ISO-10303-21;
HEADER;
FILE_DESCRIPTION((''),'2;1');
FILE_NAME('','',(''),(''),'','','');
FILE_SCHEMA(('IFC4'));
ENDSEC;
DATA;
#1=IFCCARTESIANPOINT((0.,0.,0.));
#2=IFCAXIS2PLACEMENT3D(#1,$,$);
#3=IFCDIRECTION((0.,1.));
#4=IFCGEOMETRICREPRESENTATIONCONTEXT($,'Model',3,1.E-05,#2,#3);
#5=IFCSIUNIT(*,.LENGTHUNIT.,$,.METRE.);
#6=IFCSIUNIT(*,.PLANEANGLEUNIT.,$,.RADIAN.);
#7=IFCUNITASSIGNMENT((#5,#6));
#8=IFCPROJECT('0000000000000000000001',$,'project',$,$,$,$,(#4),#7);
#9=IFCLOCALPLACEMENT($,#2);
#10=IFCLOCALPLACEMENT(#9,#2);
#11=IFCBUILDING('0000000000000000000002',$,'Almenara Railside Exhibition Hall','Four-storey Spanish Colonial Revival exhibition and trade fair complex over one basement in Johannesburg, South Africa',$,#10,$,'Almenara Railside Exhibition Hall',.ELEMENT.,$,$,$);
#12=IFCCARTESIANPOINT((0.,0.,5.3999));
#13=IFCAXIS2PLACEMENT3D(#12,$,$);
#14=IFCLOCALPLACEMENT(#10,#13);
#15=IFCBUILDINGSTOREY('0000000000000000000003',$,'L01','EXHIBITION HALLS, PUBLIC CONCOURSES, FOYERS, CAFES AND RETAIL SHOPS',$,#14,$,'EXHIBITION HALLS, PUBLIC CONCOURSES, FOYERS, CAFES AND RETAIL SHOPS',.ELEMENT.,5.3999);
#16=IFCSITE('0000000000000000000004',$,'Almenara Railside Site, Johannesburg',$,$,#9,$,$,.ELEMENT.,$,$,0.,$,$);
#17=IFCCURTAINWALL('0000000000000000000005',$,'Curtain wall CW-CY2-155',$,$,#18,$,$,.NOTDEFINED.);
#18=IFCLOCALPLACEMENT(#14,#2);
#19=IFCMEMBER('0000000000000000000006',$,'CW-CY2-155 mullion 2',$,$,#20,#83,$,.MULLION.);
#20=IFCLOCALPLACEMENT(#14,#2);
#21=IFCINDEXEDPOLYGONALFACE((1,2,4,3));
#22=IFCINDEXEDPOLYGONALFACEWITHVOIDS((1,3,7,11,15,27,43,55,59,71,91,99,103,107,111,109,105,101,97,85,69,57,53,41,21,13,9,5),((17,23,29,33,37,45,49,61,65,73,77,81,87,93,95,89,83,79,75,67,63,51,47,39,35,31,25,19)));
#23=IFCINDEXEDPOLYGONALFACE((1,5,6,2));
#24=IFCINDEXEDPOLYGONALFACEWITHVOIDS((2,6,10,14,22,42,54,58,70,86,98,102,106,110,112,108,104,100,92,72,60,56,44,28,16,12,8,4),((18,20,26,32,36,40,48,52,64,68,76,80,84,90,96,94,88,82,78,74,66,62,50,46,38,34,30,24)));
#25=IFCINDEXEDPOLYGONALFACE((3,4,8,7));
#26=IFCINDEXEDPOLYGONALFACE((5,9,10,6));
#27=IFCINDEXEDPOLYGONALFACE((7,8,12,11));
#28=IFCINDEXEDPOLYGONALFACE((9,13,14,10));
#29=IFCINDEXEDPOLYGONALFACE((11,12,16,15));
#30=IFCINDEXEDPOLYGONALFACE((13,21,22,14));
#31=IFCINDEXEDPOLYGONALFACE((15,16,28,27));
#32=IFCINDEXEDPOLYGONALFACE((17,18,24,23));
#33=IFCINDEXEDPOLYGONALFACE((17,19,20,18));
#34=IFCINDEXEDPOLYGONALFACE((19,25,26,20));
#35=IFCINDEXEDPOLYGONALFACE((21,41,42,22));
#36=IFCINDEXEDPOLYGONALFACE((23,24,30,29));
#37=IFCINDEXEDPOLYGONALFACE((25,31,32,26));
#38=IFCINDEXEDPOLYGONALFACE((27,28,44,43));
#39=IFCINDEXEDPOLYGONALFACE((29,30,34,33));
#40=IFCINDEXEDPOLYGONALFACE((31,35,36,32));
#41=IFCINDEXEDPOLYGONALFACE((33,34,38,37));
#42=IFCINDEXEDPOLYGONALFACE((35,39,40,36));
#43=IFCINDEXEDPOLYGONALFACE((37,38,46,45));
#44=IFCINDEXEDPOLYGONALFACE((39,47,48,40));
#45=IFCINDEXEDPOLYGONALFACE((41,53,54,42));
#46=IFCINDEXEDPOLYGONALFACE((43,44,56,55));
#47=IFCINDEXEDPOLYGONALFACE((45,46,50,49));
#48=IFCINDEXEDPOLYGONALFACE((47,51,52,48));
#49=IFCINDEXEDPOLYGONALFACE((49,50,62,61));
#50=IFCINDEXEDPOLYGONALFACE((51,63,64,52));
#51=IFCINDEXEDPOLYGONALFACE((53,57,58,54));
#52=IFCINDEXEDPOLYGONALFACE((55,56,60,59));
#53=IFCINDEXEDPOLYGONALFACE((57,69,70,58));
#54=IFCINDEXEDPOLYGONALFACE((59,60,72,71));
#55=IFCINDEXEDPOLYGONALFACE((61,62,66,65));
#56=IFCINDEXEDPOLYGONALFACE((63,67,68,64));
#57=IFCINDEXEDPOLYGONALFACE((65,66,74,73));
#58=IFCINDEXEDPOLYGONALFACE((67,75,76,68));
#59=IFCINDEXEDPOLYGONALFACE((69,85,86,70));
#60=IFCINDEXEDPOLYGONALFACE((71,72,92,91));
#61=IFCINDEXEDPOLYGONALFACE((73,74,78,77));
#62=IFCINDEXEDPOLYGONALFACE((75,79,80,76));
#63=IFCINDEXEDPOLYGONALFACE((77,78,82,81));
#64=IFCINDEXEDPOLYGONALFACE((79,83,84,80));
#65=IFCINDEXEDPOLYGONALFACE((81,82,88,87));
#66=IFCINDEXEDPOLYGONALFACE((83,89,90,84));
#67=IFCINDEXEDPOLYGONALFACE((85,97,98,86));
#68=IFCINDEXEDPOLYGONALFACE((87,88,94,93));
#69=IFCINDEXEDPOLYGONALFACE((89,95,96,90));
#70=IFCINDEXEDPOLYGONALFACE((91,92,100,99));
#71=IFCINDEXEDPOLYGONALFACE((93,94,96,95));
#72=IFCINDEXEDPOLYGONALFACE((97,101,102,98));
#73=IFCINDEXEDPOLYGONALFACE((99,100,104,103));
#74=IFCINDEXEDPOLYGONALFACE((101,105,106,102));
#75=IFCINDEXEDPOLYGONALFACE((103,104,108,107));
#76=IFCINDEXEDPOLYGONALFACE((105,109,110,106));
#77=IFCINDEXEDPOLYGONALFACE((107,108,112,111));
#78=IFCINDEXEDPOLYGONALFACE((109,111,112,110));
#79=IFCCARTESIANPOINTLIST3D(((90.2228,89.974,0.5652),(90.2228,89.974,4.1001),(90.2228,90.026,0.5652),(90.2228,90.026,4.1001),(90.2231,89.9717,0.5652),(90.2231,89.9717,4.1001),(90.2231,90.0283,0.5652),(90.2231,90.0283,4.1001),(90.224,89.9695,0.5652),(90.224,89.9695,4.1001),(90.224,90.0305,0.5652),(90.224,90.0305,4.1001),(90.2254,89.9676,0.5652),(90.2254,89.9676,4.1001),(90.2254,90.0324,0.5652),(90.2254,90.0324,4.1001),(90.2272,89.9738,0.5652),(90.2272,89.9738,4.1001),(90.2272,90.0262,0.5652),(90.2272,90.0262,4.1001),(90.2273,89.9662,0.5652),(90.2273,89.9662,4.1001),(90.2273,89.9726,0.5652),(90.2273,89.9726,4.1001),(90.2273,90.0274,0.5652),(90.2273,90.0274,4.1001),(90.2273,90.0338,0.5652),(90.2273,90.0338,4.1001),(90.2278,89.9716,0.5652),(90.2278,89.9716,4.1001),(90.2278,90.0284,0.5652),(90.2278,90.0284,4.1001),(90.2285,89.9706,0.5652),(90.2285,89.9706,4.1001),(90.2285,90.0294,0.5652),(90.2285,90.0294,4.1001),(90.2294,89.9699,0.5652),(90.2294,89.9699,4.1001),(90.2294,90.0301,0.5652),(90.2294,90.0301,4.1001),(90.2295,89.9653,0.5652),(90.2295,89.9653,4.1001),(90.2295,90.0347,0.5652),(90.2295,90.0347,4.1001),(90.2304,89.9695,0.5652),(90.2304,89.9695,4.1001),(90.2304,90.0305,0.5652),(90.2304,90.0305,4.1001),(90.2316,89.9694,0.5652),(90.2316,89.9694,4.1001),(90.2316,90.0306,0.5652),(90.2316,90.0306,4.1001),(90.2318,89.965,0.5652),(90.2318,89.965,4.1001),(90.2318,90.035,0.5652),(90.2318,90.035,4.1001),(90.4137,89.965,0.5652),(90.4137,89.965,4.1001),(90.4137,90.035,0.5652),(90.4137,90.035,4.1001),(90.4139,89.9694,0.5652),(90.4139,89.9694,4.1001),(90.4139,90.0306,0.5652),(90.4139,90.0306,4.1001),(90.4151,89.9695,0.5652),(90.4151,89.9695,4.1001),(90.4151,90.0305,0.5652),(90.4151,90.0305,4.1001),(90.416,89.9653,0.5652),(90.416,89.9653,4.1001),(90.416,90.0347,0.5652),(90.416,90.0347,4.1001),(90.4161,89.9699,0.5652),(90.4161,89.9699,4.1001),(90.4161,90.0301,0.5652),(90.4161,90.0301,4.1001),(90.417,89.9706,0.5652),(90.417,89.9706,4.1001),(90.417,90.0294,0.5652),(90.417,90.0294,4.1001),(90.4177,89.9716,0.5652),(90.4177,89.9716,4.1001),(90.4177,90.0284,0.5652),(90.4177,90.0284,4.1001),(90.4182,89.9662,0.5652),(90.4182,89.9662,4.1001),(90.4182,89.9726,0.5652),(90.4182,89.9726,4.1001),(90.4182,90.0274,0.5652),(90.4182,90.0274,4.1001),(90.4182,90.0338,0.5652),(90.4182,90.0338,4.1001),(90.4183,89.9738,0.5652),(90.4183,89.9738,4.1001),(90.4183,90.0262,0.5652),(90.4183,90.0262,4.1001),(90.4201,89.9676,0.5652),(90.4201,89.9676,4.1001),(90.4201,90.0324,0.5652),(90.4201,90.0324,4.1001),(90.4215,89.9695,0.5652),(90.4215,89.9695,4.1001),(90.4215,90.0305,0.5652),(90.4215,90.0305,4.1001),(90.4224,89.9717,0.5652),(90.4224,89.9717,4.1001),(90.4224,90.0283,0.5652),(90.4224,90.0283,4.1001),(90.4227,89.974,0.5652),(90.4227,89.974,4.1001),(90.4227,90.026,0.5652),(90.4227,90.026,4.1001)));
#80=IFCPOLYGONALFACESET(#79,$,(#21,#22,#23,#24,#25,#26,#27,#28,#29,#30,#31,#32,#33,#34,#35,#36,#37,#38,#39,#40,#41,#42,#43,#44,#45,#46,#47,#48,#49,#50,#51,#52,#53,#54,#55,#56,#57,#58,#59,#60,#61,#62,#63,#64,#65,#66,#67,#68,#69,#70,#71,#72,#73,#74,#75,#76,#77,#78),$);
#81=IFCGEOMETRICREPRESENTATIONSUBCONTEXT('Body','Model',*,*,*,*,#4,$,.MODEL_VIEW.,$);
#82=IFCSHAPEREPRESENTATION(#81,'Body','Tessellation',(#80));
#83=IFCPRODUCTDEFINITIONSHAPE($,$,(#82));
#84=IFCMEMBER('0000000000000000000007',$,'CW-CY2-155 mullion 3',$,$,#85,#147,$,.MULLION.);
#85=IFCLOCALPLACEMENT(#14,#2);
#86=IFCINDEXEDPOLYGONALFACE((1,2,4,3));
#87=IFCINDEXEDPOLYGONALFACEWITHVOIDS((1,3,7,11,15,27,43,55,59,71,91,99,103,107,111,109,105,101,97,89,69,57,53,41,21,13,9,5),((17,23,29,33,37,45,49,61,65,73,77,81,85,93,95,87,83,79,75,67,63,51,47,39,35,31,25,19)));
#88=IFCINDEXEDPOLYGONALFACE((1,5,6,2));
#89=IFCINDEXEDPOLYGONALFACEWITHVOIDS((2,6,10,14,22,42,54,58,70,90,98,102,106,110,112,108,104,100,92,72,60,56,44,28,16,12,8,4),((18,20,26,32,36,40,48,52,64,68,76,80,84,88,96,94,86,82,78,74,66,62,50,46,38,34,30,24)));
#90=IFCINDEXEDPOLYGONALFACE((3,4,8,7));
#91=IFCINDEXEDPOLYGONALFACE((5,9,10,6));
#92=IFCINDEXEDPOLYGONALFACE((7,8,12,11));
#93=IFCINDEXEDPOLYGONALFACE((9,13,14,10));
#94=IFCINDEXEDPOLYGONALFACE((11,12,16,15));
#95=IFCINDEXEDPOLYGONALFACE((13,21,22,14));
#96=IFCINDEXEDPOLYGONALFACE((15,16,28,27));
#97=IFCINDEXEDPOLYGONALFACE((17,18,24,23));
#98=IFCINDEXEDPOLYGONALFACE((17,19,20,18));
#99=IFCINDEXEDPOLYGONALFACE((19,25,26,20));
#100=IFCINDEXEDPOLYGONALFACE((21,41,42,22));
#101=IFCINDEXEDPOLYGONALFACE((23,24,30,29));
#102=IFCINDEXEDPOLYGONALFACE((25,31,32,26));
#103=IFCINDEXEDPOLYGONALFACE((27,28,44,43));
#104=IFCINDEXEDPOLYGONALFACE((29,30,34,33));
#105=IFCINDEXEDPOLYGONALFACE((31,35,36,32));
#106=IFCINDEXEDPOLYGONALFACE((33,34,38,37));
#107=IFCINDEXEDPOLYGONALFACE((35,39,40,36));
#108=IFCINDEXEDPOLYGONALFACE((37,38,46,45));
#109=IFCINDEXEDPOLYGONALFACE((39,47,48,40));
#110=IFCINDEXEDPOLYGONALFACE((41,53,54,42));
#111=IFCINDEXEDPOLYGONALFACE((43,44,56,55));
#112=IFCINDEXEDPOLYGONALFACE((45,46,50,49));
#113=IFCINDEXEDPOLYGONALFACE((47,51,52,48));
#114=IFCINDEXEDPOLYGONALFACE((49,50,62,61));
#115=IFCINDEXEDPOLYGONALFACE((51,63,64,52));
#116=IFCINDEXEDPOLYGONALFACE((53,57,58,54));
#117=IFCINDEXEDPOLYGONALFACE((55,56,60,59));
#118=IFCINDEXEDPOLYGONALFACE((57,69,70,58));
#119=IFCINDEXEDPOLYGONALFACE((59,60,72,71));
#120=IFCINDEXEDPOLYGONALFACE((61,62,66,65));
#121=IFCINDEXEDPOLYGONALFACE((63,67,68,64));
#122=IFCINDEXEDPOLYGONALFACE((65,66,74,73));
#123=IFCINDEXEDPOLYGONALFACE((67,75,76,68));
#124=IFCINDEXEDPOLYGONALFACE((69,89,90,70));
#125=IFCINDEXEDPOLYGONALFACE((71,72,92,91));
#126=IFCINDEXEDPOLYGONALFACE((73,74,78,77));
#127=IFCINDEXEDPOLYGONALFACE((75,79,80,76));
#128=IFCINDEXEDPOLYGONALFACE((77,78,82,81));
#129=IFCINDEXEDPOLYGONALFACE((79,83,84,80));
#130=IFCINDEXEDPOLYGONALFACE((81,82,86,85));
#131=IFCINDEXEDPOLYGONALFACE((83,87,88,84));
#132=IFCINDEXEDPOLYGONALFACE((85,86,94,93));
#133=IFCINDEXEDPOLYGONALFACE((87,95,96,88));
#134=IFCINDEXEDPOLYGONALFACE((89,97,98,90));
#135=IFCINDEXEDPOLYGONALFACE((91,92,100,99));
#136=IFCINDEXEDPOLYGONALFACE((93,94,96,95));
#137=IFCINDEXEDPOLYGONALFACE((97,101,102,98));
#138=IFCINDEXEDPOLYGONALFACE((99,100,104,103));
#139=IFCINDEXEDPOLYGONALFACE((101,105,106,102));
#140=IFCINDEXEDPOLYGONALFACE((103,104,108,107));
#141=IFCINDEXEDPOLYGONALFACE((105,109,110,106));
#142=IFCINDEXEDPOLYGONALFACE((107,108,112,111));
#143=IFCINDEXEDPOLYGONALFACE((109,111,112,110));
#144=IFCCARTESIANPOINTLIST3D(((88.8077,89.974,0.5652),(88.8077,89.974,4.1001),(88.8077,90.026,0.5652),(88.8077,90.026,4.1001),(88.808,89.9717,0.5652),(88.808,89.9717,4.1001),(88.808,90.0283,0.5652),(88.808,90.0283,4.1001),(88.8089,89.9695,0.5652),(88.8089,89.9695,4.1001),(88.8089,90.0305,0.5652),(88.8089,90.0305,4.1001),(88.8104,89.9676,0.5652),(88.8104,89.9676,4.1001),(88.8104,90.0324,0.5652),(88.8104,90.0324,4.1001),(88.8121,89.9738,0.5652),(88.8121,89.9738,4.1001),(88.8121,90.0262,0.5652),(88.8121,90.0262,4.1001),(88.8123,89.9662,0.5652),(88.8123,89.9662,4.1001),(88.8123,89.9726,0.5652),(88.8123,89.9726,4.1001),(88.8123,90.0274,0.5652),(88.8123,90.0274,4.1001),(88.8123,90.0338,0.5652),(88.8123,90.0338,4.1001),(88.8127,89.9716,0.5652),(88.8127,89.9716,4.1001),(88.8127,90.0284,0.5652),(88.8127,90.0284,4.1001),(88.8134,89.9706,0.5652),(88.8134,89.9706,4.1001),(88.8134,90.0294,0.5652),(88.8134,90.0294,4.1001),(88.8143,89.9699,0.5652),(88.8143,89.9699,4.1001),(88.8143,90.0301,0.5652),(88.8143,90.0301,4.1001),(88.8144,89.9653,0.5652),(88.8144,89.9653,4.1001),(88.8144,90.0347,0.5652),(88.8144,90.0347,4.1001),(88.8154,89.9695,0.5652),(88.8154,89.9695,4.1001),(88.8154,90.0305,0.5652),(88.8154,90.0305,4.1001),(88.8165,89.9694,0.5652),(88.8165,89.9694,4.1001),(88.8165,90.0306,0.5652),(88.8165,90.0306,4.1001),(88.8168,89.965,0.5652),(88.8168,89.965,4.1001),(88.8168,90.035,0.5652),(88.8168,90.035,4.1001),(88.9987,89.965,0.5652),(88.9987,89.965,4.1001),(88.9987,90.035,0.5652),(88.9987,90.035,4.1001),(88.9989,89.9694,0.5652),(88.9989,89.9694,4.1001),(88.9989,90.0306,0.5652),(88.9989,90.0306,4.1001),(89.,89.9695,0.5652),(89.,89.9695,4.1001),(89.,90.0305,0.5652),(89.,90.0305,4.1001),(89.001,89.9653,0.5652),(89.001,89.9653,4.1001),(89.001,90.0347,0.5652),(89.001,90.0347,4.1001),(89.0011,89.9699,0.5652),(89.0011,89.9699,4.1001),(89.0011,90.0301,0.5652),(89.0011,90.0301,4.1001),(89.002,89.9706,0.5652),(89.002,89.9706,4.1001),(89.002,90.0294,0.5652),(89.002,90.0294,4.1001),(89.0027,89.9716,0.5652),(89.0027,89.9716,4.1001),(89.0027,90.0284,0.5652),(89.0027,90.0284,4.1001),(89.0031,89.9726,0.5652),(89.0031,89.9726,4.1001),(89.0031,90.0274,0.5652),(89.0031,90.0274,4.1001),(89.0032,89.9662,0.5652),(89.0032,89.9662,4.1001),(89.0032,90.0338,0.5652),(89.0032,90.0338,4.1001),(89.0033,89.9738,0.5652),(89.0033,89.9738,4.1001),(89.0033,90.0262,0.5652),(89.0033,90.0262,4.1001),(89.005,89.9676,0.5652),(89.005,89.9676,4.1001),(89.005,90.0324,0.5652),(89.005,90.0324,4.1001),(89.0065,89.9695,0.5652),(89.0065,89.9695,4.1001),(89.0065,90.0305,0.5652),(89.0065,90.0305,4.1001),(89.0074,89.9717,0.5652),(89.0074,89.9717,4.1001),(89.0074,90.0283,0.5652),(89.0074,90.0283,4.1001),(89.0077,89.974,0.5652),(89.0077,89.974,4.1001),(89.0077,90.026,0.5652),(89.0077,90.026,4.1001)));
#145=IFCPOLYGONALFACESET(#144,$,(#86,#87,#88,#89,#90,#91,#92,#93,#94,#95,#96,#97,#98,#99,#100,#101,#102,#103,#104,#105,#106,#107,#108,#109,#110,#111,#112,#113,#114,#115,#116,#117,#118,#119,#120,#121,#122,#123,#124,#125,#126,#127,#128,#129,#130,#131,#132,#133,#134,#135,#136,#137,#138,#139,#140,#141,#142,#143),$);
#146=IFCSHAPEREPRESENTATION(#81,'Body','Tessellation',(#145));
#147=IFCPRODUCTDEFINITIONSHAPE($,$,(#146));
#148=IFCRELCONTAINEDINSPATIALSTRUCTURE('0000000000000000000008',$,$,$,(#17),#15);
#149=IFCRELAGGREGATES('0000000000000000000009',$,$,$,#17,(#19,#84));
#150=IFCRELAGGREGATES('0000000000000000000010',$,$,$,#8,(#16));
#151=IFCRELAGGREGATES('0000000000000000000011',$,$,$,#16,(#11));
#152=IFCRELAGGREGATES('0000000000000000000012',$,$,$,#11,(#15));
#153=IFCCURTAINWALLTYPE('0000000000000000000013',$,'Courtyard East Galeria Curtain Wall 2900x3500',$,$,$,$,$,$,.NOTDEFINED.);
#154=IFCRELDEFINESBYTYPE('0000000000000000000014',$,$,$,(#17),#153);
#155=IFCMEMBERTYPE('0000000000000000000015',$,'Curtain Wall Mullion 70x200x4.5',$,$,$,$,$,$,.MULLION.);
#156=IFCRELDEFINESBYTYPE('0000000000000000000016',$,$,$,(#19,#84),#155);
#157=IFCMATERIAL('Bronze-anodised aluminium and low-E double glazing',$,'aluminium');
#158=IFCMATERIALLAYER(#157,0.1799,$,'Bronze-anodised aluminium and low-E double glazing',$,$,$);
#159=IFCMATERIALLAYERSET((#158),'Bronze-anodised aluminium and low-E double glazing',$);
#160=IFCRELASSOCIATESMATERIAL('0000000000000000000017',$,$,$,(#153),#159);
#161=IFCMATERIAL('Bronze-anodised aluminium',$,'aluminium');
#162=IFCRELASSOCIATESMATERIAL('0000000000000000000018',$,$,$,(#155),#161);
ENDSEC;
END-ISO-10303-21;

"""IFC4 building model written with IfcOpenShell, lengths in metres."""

from ifc_helpers import new_model, si_unit, direction, frame, origin, origin_2d, place, context, subcontext, project, spatial, hollow_rectangle, extrude, material, layer, layer_set, material_profile, profile_set, type_object, element, aggregate, save


model = new_model("IFC4")

# Units and contexts
model_context = context("Model", 3, precision=1e-05, world=origin(), true_north=direction((0.0, 1.0)))
body_context = subcontext(model_context, "Body", "Model", "MODEL_VIEW")
ifc_project = project(units=[si_unit("LENGTHUNIT", "METRE"), si_unit("PLANEANGLEUNIT", "RADIAN")], contexts=[model_context])

# Site, building, storey
site_placement = place(None, origin())
site = spatial("IfcSite", under=ifc_project, at=site_placement, Name="Almenara Railside Site, Johannesburg", CompositionType="ELEMENT", RefElevation=0.0)
building_placement = place(site_placement, origin())
building = spatial("IfcBuilding", under=site, at=building_placement, Name="Almenara Railside Exhibition Hall", Description="Four-storey Spanish Colonial Revival exhibition and trade fair complex over one basement in Johannesburg, South Africa", LongName="Almenara Railside Exhibition Hall", CompositionType="ELEMENT")
storey_placement = place(building_placement, frame((0.0, 0.0, 5.3999)))
storey = spatial("IfcBuildingStorey", under=building, at=storey_placement, Name="L01", Description="EXHIBITION HALLS, PUBLIC CONCOURSES, FOYERS, CAFES AND RETAIL SHOPS", LongName="EXHIBITION HALLS, PUBLIC CONCOURSES, FOYERS, CAFES AND RETAIL SHOPS", CompositionType="ELEMENT", Elevation=5.3999)

# Shared definitions
ifc_material_1 = material(Name="Bronze-anodised aluminium and low-E double glazing", Category="aluminium")
ifc_material_2 = material(Name="Bronze-anodised aluminium", Category="aluminium")

# Curtain wall, members
ifc_layer_1 = layer(ifc_material_1, 0.1799, Name="Bronze-anodised aluminium and low-E double glazing")
ifc_layer_set_1 = layer_set([ifc_layer_1], Name="Bronze-anodised aluminium and low-E double glazing")
curtain_wall_type_1 = type_object("IfcCurtainWallType", Name="Courtyard East Galeria Curtain Wall 2900x3500", PredefinedType="NOTDEFINED", material=ifc_layer_set_1)
curtain_wall_1_placement = place(storey_placement, origin())
curtain_wall_1 = element("IfcCurtainWall", 1, at=curtain_wall_1_placement, inside=storey, type_object=curtain_wall_type_1, Name="Curtain wall CW-CY2-155", PredefinedType="NOTDEFINED")
ifc_material_profile_1 = material_profile(ifc_material_2, hollow_rectangle(XDim=0.0701, YDim=0.2, WallThickness=0.0044, InnerFilletRadius=0.0044, OuterFilletRadius=0.009, at=origin_2d()), Name="ALU-MUL 70x200x4.5")
ifc_profile_set_1 = profile_set([ifc_material_profile_1], Name="Bronze-anodised aluminium")
member_type_1 = type_object("IfcMemberType", Name="Curtain Wall Mullion 70x200x4.5", PredefinedType="MULLION", material=ifc_profile_set_1)
member_1_placement = place(storey_placement, frame((90.3228, 90.0, 0.5652), z_axis=(0.0, 0.0, 1.0), x_axis=(0.0, -1.0, 0.0)))
member_1 = element("IfcMember", 2, at=member_1_placement, type_object=member_type_1, Name="CW-CY2-155 mullion 2", PredefinedType="MULLION", context=body_context, shape_type="SweptSolid", body=[
    extrude(hollow_rectangle(XDim=0.0701, YDim=0.2, WallThickness=0.0044, InnerFilletRadius=0.0044, OuterFilletRadius=0.009, at=origin_2d()), origin(), (0.0, 0.0, 1.0), 3.5349),
])
member_2_placement = place(storey_placement, frame((88.9077, 90.0, 0.5652), z_axis=(0.0, 0.0, 1.0), x_axis=(0.0, -1.0, 0.0)))
member_2 = element("IfcMember", 3, at=member_2_placement, type_object=member_type_1, Name="CW-CY2-155 mullion 3", PredefinedType="MULLION", context=body_context, shape_type="SweptSolid", body=[
    extrude(hollow_rectangle(XDim=0.0701, YDim=0.2, WallThickness=0.0044, InnerFilletRadius=0.0044, OuterFilletRadius=0.009, at=origin_2d()), origin(), (0.0, 0.0, 1.0), 3.5349),
])

aggregate(curtain_wall_1, [member_1, member_2])

save(model, "model.ifc")
